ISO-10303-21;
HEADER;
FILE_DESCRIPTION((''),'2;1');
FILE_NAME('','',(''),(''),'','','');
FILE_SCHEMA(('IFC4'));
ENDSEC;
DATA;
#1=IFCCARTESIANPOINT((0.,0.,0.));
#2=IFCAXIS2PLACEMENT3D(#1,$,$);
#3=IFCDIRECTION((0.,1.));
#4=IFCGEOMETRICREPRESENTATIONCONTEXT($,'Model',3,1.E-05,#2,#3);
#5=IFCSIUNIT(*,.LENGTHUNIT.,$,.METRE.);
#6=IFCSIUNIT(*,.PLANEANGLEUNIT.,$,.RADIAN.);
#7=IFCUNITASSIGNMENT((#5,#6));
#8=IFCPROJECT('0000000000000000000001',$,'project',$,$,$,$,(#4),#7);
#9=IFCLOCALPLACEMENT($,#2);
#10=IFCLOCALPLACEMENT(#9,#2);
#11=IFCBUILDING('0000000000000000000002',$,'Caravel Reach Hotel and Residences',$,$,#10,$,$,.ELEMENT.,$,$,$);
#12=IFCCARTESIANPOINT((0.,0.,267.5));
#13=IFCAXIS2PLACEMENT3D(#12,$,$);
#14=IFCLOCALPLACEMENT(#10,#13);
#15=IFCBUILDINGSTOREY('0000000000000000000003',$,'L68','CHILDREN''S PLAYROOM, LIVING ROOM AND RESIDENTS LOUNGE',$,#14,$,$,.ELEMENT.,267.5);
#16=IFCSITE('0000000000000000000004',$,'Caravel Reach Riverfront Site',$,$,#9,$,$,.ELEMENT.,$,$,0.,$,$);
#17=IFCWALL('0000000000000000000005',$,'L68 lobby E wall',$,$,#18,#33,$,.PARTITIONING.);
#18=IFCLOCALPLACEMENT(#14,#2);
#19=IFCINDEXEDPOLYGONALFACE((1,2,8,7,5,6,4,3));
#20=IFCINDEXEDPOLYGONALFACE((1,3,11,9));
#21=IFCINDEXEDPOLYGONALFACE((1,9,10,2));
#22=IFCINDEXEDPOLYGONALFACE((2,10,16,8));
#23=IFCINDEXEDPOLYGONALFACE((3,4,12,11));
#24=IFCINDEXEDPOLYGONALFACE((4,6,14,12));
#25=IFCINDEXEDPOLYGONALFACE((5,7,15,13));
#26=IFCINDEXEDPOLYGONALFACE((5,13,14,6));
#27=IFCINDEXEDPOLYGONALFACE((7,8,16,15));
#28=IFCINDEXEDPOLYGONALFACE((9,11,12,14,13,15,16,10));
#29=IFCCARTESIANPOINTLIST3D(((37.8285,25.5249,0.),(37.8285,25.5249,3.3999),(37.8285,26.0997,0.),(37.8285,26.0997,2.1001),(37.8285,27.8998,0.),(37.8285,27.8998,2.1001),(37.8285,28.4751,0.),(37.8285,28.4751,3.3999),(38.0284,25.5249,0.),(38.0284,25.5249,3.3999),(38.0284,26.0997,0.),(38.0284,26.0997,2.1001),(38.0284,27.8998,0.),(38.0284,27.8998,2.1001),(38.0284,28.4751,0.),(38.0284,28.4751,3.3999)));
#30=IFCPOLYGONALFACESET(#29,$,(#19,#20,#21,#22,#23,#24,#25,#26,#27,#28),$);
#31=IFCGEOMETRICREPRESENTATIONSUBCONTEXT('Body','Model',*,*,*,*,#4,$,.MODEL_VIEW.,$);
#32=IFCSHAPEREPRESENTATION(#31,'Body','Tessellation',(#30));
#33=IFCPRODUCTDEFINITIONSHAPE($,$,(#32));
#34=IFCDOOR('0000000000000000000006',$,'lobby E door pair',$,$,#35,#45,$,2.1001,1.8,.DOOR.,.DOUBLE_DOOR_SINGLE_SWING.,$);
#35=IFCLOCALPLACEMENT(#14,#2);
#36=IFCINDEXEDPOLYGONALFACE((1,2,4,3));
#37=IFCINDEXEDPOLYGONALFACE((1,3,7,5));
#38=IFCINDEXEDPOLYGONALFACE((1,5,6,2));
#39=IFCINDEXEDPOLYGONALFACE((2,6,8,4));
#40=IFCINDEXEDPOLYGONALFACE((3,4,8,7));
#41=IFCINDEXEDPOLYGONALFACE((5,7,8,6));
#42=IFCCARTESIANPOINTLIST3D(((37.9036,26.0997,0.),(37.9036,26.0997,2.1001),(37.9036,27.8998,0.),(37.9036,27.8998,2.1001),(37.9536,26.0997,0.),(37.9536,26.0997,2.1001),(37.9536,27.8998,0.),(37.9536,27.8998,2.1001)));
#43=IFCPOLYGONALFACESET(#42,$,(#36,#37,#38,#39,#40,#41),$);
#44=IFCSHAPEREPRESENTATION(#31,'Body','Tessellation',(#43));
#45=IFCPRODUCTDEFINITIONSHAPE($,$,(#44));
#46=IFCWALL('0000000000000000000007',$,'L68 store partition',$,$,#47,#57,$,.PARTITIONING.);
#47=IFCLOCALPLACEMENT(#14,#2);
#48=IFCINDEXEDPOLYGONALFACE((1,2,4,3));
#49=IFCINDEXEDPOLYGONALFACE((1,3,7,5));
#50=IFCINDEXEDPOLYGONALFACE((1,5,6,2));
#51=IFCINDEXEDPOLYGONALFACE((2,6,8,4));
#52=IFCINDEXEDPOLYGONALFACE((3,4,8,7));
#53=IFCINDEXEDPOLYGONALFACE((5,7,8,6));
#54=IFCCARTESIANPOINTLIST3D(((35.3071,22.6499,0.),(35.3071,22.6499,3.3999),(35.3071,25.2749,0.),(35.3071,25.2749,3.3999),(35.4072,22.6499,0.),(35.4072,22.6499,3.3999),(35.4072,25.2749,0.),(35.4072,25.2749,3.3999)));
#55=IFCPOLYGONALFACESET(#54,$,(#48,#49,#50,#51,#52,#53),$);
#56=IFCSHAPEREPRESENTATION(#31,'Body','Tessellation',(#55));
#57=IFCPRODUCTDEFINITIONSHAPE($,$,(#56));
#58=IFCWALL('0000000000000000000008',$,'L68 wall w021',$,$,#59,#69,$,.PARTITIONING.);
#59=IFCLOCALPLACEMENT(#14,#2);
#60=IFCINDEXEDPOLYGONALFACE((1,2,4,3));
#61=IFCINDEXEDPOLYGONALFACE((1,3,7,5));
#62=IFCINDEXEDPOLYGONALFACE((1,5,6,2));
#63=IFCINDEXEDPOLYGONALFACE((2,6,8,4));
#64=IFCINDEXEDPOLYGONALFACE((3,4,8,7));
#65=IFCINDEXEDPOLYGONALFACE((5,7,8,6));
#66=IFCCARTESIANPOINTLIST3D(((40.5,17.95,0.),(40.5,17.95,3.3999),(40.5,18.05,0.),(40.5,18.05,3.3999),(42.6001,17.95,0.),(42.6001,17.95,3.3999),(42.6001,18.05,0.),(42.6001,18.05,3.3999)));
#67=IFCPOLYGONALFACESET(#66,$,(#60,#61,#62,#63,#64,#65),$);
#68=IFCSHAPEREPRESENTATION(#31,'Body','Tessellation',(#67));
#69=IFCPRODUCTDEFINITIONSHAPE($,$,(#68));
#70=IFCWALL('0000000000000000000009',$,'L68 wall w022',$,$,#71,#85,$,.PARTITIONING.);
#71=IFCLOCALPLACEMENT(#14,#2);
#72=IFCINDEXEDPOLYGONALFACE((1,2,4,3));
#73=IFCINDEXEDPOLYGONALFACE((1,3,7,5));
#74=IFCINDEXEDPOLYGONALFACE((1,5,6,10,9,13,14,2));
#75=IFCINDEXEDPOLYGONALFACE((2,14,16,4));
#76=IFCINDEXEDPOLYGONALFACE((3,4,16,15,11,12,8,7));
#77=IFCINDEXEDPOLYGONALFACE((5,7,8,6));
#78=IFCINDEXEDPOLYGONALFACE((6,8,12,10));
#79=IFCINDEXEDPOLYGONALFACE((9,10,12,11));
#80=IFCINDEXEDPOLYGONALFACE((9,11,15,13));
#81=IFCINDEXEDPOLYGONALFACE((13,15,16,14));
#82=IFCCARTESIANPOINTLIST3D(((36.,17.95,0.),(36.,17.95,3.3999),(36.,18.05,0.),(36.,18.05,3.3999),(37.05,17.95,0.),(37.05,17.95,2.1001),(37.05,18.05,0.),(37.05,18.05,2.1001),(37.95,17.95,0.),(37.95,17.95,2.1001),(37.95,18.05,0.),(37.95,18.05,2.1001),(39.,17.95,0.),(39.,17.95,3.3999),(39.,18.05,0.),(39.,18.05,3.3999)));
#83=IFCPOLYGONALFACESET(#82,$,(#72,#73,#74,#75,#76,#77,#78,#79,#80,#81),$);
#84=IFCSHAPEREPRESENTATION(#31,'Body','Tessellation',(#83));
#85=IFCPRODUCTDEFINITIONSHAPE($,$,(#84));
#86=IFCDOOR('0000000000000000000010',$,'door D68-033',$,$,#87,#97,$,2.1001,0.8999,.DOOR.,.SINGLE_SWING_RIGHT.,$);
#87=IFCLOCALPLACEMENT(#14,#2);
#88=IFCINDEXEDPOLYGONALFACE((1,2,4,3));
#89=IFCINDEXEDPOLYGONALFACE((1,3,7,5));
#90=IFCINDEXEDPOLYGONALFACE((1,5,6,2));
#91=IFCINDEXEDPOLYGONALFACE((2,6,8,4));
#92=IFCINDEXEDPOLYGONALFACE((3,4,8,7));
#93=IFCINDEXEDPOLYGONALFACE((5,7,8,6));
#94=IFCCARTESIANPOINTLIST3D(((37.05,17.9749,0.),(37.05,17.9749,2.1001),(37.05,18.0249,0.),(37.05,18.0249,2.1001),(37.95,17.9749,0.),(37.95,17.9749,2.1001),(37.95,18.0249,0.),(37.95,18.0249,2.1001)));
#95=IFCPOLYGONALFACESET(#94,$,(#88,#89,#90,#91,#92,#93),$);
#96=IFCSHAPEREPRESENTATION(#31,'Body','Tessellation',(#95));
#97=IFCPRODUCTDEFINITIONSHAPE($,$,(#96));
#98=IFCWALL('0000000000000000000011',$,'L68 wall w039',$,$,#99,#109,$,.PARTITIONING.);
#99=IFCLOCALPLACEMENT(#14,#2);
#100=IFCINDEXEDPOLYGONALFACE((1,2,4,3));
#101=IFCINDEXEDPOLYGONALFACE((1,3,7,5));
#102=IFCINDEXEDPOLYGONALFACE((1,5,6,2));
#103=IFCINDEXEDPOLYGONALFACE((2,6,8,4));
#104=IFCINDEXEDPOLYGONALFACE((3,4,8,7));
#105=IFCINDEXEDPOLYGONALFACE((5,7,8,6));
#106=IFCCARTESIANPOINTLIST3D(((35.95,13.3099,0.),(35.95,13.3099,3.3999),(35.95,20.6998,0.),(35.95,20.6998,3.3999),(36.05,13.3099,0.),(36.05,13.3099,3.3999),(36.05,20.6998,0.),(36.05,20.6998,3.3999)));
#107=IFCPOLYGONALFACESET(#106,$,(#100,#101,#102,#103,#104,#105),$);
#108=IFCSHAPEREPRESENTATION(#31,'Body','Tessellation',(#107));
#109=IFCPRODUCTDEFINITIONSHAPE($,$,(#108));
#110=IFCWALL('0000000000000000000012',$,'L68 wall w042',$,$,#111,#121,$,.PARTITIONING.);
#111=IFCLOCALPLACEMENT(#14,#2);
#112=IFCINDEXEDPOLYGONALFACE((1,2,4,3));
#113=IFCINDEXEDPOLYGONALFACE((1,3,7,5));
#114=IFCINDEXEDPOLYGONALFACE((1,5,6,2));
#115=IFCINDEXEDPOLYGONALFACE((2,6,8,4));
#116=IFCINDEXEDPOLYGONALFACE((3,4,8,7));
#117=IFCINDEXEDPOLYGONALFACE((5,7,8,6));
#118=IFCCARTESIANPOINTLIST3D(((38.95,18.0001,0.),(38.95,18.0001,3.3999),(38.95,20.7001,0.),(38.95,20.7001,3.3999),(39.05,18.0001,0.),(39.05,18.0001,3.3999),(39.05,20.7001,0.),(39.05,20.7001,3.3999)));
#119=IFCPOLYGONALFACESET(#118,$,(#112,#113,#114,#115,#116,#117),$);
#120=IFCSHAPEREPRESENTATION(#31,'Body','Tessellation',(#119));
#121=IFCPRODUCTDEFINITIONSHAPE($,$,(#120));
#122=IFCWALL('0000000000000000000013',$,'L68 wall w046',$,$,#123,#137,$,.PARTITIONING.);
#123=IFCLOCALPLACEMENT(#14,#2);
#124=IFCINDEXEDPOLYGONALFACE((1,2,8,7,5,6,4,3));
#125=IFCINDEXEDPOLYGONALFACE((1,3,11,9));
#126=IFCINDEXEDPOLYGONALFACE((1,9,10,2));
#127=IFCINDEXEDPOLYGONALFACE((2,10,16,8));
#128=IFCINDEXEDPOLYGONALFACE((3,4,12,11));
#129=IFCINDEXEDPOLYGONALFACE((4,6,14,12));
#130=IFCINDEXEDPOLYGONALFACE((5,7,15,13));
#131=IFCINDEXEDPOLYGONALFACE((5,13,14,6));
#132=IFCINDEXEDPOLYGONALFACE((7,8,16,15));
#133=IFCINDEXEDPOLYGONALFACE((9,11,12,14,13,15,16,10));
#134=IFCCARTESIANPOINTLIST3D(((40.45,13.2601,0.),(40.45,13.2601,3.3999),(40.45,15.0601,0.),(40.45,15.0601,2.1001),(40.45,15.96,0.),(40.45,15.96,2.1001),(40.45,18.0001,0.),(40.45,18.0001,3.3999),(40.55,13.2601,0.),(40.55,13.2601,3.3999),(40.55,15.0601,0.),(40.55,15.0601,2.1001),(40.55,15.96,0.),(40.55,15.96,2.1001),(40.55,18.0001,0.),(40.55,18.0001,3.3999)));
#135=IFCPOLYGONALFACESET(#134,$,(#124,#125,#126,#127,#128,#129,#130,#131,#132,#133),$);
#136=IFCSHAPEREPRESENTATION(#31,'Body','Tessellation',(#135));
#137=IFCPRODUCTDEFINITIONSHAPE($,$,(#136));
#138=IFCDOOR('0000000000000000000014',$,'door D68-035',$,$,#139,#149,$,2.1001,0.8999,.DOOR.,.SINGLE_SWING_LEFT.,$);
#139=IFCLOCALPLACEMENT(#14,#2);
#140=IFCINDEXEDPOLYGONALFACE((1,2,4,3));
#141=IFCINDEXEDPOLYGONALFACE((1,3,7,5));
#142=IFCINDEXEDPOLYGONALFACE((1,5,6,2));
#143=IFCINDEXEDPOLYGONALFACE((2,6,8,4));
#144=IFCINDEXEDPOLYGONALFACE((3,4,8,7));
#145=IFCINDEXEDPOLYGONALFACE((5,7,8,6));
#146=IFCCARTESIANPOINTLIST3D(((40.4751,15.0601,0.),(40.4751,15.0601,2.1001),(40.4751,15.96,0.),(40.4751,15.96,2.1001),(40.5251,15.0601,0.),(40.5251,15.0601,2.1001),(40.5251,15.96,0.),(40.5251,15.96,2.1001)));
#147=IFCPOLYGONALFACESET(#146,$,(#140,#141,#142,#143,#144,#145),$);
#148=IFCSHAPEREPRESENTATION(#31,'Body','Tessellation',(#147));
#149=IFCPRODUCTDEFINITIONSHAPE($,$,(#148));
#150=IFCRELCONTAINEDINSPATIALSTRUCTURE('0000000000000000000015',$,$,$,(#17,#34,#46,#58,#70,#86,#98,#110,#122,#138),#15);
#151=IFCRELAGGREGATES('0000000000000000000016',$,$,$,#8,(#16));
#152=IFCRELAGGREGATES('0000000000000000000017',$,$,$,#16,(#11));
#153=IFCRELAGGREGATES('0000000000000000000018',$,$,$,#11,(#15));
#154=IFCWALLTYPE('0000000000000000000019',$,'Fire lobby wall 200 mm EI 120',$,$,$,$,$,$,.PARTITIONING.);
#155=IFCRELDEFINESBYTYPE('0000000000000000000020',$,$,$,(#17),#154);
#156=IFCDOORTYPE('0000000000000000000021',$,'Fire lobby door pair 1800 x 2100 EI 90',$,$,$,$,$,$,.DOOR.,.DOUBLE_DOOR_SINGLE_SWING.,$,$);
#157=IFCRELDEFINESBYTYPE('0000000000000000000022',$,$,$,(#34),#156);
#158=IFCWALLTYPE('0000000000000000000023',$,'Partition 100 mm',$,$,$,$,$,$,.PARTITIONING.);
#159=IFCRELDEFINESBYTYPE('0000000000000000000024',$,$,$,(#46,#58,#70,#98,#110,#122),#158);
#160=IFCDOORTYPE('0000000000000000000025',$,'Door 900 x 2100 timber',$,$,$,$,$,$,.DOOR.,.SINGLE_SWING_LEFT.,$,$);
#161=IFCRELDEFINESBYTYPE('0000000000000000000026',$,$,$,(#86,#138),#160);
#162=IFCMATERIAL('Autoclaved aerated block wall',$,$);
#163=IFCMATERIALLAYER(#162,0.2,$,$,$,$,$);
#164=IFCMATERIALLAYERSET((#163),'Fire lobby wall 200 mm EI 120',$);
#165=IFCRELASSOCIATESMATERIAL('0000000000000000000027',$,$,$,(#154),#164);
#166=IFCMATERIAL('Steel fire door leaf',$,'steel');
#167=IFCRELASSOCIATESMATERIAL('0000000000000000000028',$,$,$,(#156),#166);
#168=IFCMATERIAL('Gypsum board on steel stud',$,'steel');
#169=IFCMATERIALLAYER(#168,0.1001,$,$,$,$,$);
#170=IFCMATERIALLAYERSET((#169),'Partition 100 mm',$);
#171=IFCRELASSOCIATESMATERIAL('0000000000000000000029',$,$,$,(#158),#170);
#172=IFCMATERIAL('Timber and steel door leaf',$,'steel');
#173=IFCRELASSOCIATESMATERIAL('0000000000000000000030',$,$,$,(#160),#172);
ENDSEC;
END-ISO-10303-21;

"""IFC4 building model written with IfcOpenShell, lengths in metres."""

from ifc_helpers import new_model, si_unit, direction, frame, frame_2d, origin, place, context, subcontext, project, spatial, rectangle, extrude, material, layer, layer_set, type_object, element, fill, save


model = new_model("IFC4")

# Units and contexts
model_context = context("Model", 3, precision=1e-05, world=origin(), true_north=direction((0.0, 1.0)))
body_context = subcontext(model_context, "Body", "Model", "MODEL_VIEW")
ifc_project = project(units=[si_unit("LENGTHUNIT", "METRE"), si_unit("PLANEANGLEUNIT", "RADIAN")], contexts=[model_context])

# Site, building, storey
site_placement = place(None, origin())
site = spatial("IfcSite", under=ifc_project, at=site_placement, Name="Caravel Reach Riverfront Site", CompositionType="ELEMENT", RefElevation=0.0)
building_placement = place(site_placement, origin())
building = spatial("IfcBuilding", under=site, at=building_placement, Name="Caravel Reach Hotel and Residences", CompositionType="ELEMENT")
storey_placement = place(building_placement, frame((0.0, 0.0, 267.5)))
storey = spatial("IfcBuildingStorey", under=building, at=storey_placement, Name="L68", Description="CHILDREN'S PLAYROOM, LIVING ROOM AND RESIDENTS LOUNGE", CompositionType="ELEMENT", Elevation=267.5)

# Wall, opening, door
ifc_material_1 = material(Name="Autoclaved aerated block wall")
ifc_layer_1 = layer(ifc_material_1, 0.2)
ifc_layer_set_1 = layer_set([ifc_layer_1], Name="Fire lobby wall 200 mm EI 120")
wall_type_1 = type_object("IfcWallType", Name="Fire lobby wall 200 mm EI 120", PredefinedType="PARTITIONING", material=ifc_layer_set_1)
wall_1_placement = place(storey_placement, frame((37.9285, 25.5249, 0.0), z_axis=(0.0, 0.0, 1.0), x_axis=(0.0, 1.0, 0.0)))
wall_1 = element("IfcWall", 1, at=wall_1_placement, inside=storey, type_object=wall_type_1, Name="L68 lobby E wall", PredefinedType="PARTITIONING", context=body_context, shape_type="SweptSolid", body=[
    extrude(rectangle(XDim=2.9502, YDim=0.2, at=frame_2d((1.4751, 0.0))), origin(), (0.0, 0.0, 1.0), 3.3999),
])
opening_1_placement = place(wall_1_placement, frame((0.575, 0.0, 0.0)))
opening_1 = element("IfcOpeningElement", 2, at=opening_1_placement, cuts=wall_1, PredefinedType="OPENING", context=body_context, shape_type="SweptSolid", body=[
    extrude(rectangle(XDim=1.8, YDim=2.1001, at=frame_2d((0.8999, 1.05))), frame((0.0, 0.1099, 0.0), z_axis=(0.0, -1.0, 0.0), x_axis=(1.0, 0.0, 0.0)), (0.0, 0.0, 1.0), 0.22),
])
ifc_material_2 = material(Name="Steel fire door leaf", Category="steel")
door_type_1 = type_object("IfcDoorType", Name="Fire lobby door pair 1800 x 2100 EI 90", OperationType="DOUBLE_DOOR_SINGLE_SWING", PredefinedType="DOOR", material=ifc_material_2)
door_1_placement = place(opening_1_placement, origin())
door_1 = element("IfcDoor", 3, at=door_1_placement, inside=storey, type_object=door_type_1, Name="lobby E door pair", OperationType="DOUBLE_DOOR_SINGLE_SWING", OverallHeight=2.1001, OverallWidth=1.8, PredefinedType="DOOR", context=body_context, shape_type="SweptSolid", body=[
    extrude(rectangle(XDim=1.8, YDim=2.1001, at=frame_2d((0.8999, 1.05))), frame((0.0, 0.0249, 0.0), z_axis=(0.0, -1.0, 0.0), x_axis=(1.0, 0.0, 0.0)), (0.0, 0.0, 1.0), 0.05),
])
fill(opening_1, door_1)

# Walls
ifc_material_3 = material(Name="Gypsum board on steel stud", Category="steel")
ifc_layer_2 = layer(ifc_material_3, 0.1001)
ifc_layer_set_2 = layer_set([ifc_layer_2], Name="Partition 100 mm")
wall_type_2 = type_object("IfcWallType", Name="Partition 100 mm", PredefinedType="PARTITIONING", material=ifc_layer_set_2)
wall_2_placement = place(storey_placement, frame((35.3572, 22.6499, 0.0), z_axis=(0.0, 0.0, 1.0), x_axis=(0.0, 1.0, 0.0)))
element("IfcWall", 4, at=wall_2_placement, inside=storey, type_object=wall_type_2, Name="L68 store partition", PredefinedType="PARTITIONING", context=body_context, shape_type="SweptSolid", body=[
    extrude(rectangle(XDim=2.625, YDim=0.1001, at=frame_2d((1.3125, 0.0))), origin(), (0.0, 0.0, 1.0), 3.3999),
])
wall_3_placement = place(storey_placement, frame((40.5, 18.0, 0.0), z_axis=(0.0, 0.0, 1.0), x_axis=(1.0, 0.0, 0.0)))
element("IfcWall", 5, at=wall_3_placement, inside=storey, type_object=wall_type_2, Name="L68 wall w021", PredefinedType="PARTITIONING", context=body_context, shape_type="SweptSolid", body=[
    extrude(rectangle(XDim=2.1001, YDim=0.1001, at=frame_2d((1.05, 0.0))), origin(), (0.0, 0.0, 1.0), 3.3999),
])

# Wall, opening, door
wall_4_placement = place(storey_placement, frame((36.0, 18.0, 0.0), z_axis=(0.0, 0.0, 1.0), x_axis=(1.0, 0.0, 0.0)))
wall_4 = element("IfcWall", 6, at=wall_4_placement, inside=storey, type_object=wall_type_2, Name="L68 wall w022", PredefinedType="PARTITIONING", context=body_context, shape_type="SweptSolid", body=[
    extrude(rectangle(XDim=3.0, YDim=0.1001, at=frame_2d((1.5, 0.0))), origin(), (0.0, 0.0, 1.0), 3.3999),
])
opening_2_placement = place(wall_4_placement, frame((1.05, 0.0, 0.0)))
opening_2 = element("IfcOpeningElement", 7, at=opening_2_placement, cuts=wall_4, PredefinedType="OPENING", context=body_context, shape_type="SweptSolid", body=[
    extrude(rectangle(XDim=0.8999, YDim=2.1001, at=frame_2d((0.45, 1.05))), frame((0.0, 0.0601, 0.0), z_axis=(0.0, -1.0, 0.0), x_axis=(1.0, 0.0, 0.0)), (0.0, 0.0, 1.0), 0.1201),
])
ifc_material_4 = material(Name="Timber and steel door leaf", Category="steel")
door_type_2 = type_object("IfcDoorType", Name="Door 900 x 2100 timber", OperationType="SINGLE_SWING_LEFT", PredefinedType="DOOR", material=ifc_material_4)
door_2_placement = place(opening_2_placement, origin())
door_2 = element("IfcDoor", 8, at=door_2_placement, inside=storey, type_object=door_type_2, Name="door D68-033", OperationType="SINGLE_SWING_RIGHT", OverallHeight=2.1001, OverallWidth=0.8999, PredefinedType="DOOR", context=body_context, shape_type="SweptSolid", body=[
    extrude(rectangle(XDim=0.8999, YDim=2.1001, at=frame_2d((0.45, 1.05))), frame((0.0, 0.0249, 0.0), z_axis=(0.0, -1.0, 0.0), x_axis=(1.0, 0.0, 0.0)), (0.0, 0.0, 1.0), 0.05),
])
fill(opening_2, door_2)

# Walls
wall_5_placement = place(storey_placement, frame((36.0, 13.3101, 0.0), z_axis=(0.0, 0.0, 1.0), x_axis=(0.0, 1.0, 0.0)))
element("IfcWall", 9, at=wall_5_placement, inside=storey, type_object=wall_type_2, Name="L68 wall w039", PredefinedType="PARTITIONING", context=body_context, shape_type="SweptSolid", body=[
    extrude(rectangle(XDim=7.3899, YDim=0.1001, at=frame_2d((3.6948, 0.0))), origin(), (0.0, 0.0, 1.0), 3.3999),
])
wall_6_placement = place(storey_placement, frame((39.0, 18.0, 0.0), z_axis=(0.0, 0.0, 1.0), x_axis=(0.0, 1.0, 0.0)))
element("IfcWall", 10, at=wall_6_placement, inside=storey, type_object=wall_type_2, Name="L68 wall w042", PredefinedType="PARTITIONING", context=body_context, shape_type="SweptSolid", body=[
    extrude(rectangle(XDim=2.7, YDim=0.1001, at=frame_2d((1.3501, 0.0))), origin(), (0.0, 0.0, 1.0), 3.3999),
])

# Wall, opening, door
wall_7_placement = place(storey_placement, frame((40.5, 13.26, 0.0), z_axis=(0.0, 0.0, 1.0), x_axis=(0.0, 1.0, 0.0)))
wall_7 = element("IfcWall", 11, at=wall_7_placement, inside=storey, type_object=wall_type_2, Name="L68 wall w046", PredefinedType="PARTITIONING", context=body_context, shape_type="SweptSolid", body=[
    extrude(rectangle(XDim=4.74, YDim=0.1001, at=frame_2d((2.3701, 0.0))), origin(), (0.0, 0.0, 1.0), 3.3999),
])
opening_3_placement = place(wall_7_placement, frame((1.8, 0.0, 0.0)))
opening_3 = element("IfcOpeningElement", 12, at=opening_3_placement, cuts=wall_7, PredefinedType="OPENING", context=body_context, shape_type="SweptSolid", body=[
    extrude(rectangle(XDim=0.8999, YDim=2.1001, at=frame_2d((0.45, 1.05))), frame((0.0, 0.0601, 0.0), z_axis=(0.0, -1.0, 0.0), x_axis=(1.0, 0.0, 0.0)), (0.0, 0.0, 1.0), 0.1201),
])
door_3_placement = place(opening_3_placement, origin())
door_3 = element("IfcDoor", 13, at=door_3_placement, inside=storey, type_object=door_type_2, Name="door D68-035", OperationType="SINGLE_SWING_LEFT", OverallHeight=2.1001, OverallWidth=0.8999, PredefinedType="DOOR", context=body_context, shape_type="SweptSolid", body=[
    extrude(rectangle(XDim=0.8999, YDim=2.1001, at=frame_2d((0.45, 1.05))), frame((0.0, 0.0249, 0.0), z_axis=(0.0, -1.0, 0.0), x_axis=(1.0, 0.0, 0.0)), (0.0, 0.0, 1.0), 0.05),
])
fill(opening_3, door_3)

save(model, "model.ifc")
